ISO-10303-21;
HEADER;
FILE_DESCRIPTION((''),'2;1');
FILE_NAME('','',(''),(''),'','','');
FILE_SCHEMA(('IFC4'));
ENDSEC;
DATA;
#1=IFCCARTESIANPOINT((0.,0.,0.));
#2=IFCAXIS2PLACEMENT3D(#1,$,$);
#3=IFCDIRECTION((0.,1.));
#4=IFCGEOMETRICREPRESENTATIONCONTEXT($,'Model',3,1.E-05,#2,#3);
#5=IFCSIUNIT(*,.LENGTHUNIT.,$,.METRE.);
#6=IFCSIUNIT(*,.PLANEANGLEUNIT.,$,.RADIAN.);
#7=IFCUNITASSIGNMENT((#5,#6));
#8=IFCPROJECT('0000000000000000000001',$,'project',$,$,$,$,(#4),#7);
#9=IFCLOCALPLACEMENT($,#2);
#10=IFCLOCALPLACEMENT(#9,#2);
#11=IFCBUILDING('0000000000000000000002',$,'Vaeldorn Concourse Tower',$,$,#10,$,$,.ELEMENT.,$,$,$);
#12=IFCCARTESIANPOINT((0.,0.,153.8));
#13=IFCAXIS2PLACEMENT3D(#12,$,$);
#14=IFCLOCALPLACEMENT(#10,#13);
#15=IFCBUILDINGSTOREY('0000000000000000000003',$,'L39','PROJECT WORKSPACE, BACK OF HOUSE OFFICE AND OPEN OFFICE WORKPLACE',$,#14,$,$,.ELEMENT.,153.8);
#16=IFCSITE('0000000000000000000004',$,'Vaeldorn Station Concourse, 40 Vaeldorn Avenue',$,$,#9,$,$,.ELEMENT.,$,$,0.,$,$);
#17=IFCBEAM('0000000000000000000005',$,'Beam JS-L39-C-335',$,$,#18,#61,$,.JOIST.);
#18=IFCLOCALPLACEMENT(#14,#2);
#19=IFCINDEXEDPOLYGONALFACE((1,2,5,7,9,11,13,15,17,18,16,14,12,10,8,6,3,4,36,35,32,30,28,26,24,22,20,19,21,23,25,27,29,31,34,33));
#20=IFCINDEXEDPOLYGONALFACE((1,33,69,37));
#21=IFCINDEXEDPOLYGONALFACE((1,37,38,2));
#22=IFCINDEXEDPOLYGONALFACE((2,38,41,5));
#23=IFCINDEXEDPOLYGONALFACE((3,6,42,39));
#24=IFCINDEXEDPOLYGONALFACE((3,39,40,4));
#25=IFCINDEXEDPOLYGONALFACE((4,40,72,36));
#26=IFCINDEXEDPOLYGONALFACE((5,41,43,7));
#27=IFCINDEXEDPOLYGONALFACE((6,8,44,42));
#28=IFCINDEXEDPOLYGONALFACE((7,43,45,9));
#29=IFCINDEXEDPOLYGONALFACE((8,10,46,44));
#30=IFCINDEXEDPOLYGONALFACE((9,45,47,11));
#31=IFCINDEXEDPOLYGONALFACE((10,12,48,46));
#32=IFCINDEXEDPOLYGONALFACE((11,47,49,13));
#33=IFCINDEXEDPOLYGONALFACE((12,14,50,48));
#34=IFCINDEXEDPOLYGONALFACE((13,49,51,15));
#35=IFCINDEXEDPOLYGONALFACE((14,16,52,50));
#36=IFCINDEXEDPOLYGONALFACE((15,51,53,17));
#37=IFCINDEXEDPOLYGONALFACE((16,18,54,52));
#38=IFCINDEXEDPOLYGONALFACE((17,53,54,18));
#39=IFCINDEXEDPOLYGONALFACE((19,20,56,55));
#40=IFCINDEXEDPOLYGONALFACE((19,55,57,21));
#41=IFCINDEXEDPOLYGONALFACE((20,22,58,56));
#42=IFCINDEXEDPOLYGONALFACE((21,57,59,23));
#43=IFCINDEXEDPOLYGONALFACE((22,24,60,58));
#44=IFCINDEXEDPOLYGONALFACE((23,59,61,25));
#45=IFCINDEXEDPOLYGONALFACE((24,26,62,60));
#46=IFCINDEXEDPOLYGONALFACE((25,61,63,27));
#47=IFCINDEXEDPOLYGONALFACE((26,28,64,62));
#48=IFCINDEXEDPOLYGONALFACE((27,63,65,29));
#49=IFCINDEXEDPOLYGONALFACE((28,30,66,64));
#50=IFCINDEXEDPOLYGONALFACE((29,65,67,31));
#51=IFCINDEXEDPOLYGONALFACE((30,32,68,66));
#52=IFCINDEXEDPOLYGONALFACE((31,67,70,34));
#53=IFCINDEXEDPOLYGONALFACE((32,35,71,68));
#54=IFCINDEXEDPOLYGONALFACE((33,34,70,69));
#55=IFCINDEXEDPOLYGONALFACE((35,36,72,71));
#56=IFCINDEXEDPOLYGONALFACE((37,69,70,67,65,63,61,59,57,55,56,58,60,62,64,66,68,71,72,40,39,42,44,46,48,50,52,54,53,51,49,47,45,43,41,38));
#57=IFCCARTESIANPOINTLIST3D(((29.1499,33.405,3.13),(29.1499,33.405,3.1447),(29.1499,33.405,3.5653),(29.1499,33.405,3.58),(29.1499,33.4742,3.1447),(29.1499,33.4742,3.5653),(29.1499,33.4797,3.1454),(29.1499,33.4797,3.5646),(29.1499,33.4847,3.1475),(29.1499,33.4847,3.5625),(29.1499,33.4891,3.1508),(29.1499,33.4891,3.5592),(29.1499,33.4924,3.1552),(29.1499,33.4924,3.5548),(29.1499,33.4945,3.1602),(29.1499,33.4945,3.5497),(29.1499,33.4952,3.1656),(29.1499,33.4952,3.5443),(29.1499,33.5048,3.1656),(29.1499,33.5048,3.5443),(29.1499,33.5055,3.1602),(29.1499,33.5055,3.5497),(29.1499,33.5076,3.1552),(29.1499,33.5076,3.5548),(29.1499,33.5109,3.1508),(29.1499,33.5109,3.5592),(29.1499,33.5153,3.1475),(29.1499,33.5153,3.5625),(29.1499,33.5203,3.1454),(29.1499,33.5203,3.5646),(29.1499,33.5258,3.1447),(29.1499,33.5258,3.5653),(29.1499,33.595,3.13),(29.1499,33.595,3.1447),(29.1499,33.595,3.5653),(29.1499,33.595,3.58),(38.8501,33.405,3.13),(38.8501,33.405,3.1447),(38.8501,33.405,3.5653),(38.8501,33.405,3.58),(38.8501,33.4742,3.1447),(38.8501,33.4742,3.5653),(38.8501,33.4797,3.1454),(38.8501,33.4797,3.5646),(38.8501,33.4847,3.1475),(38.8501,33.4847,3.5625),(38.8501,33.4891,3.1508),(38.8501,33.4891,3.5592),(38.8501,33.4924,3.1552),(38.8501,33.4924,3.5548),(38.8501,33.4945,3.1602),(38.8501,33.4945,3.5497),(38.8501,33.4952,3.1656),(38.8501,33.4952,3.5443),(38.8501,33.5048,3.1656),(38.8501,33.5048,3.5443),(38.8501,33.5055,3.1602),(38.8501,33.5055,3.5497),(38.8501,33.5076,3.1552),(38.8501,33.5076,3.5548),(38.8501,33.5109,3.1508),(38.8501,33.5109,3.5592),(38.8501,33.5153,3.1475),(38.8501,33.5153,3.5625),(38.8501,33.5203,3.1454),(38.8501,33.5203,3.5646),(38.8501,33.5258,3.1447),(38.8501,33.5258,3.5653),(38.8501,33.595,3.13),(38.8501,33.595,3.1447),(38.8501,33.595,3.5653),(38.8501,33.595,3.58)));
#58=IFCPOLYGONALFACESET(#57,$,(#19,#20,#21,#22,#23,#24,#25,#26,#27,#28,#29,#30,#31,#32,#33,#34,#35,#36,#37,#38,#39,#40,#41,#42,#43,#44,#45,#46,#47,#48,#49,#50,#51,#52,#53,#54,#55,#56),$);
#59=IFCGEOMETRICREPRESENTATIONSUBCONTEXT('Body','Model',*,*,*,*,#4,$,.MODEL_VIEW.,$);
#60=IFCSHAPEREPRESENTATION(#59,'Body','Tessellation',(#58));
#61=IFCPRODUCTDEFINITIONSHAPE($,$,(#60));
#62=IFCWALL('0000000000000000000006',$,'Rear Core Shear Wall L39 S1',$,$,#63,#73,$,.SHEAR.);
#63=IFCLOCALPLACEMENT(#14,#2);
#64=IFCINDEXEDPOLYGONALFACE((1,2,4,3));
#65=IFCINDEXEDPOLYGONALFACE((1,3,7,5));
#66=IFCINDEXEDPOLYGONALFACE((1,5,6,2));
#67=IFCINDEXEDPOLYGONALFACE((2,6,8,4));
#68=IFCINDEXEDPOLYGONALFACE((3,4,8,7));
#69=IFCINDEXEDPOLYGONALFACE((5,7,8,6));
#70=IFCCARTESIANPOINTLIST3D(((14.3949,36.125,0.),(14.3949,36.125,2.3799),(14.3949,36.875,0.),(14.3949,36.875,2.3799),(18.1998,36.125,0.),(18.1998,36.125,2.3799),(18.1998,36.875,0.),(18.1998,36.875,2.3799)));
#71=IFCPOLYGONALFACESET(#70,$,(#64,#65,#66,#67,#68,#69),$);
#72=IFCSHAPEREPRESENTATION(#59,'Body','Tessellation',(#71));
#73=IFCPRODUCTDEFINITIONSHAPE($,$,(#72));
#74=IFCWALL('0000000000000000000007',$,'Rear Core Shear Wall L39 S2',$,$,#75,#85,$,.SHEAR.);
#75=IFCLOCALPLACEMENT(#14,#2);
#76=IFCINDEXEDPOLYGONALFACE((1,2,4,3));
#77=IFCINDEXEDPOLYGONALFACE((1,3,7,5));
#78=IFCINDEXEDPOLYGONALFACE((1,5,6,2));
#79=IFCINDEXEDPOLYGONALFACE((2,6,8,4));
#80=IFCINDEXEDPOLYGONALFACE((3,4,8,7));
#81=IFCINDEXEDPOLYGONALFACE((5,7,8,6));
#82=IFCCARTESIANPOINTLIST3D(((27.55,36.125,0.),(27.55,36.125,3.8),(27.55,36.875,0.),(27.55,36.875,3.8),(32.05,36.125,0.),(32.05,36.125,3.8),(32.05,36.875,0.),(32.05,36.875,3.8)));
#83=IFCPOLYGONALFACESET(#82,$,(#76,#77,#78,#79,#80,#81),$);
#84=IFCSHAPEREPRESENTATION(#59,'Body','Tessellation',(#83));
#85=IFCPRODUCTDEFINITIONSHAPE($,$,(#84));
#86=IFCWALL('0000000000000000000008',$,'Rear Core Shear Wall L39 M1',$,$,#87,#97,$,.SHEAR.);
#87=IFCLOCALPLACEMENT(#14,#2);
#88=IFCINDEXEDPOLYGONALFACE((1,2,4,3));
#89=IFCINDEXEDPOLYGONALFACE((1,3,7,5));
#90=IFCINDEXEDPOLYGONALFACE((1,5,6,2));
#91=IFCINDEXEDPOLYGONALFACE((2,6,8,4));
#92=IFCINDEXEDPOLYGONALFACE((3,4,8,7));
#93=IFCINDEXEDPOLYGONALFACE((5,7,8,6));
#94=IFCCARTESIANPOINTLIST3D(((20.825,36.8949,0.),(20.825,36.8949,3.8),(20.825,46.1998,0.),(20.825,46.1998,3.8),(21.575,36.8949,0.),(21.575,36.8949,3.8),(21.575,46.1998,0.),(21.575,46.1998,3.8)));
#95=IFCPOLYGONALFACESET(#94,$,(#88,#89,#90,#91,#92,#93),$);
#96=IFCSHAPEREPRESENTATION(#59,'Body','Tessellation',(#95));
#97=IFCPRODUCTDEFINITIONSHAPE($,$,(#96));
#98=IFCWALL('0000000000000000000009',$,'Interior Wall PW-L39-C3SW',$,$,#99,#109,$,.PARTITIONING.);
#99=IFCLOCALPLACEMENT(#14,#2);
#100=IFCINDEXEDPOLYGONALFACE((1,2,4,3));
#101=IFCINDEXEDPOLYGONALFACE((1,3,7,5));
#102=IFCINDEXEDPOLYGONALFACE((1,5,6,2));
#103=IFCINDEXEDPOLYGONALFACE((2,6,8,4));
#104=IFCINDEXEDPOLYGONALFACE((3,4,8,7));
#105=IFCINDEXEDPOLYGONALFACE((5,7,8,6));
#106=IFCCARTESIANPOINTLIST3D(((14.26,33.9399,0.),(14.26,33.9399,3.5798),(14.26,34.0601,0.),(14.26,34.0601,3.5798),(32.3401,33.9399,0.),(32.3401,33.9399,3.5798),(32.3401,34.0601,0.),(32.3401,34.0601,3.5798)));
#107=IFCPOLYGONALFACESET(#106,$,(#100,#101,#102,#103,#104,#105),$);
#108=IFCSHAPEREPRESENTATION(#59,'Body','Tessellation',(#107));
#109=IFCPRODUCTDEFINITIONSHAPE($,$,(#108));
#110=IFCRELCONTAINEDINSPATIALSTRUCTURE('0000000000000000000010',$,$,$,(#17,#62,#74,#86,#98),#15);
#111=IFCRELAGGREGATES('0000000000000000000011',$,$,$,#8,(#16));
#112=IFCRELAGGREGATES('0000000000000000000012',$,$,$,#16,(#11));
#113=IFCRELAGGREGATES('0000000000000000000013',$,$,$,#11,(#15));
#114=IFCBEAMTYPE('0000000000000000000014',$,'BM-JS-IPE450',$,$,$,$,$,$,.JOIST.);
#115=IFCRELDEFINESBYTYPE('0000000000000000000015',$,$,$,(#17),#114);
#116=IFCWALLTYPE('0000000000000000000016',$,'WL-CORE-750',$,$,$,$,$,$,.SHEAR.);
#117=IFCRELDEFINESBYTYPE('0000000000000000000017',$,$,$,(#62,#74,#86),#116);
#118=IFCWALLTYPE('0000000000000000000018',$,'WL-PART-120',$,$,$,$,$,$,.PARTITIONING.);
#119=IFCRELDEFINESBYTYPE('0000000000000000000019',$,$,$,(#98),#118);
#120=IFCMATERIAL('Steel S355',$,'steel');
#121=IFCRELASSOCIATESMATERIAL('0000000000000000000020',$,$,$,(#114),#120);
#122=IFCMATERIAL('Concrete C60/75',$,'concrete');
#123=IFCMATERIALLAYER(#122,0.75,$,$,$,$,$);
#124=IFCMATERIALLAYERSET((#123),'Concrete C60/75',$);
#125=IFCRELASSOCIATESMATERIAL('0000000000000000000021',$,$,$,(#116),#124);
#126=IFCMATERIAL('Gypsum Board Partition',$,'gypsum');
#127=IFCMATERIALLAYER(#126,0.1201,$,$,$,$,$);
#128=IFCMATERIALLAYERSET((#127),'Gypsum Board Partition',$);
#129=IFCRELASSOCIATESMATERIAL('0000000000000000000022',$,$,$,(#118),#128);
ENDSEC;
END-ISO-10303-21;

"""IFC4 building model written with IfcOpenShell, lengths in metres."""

from ifc_helpers import new_model, si_unit, direction, frame, frame_2d, origin, origin_2d, place, context, subcontext, project, spatial, rectangle, i_section, extrude, source, transform, mapped, material, layer, layer_set, material_profile, profile_set, type_object, element, save


model = new_model("IFC4")

# Units and contexts
model_context = context("Model", 3, precision=1e-05, world=origin(), true_north=direction((0.0, 1.0)))
body_context = subcontext(model_context, "Body", "Model", "MODEL_VIEW")
ifc_project = project(units=[si_unit("LENGTHUNIT", "METRE"), si_unit("PLANEANGLEUNIT", "RADIAN")], contexts=[model_context])

# Site, building, storey
site_placement = place(None, origin())
site = spatial("IfcSite", under=ifc_project, at=site_placement, Name="Vaeldorn Station Concourse, 40 Vaeldorn Avenue", CompositionType="ELEMENT", RefElevation=0.0)
building_placement = place(site_placement, origin())
building = spatial("IfcBuilding", under=site, at=building_placement, Name="Vaeldorn Concourse Tower", CompositionType="ELEMENT")
storey_placement = place(building_placement, frame((0.0, 0.0, 153.8)))
storey = spatial("IfcBuildingStorey", under=building, at=storey_placement, Name="L39", Description="PROJECT WORKSPACE, BACK OF HOUSE OFFICE AND OPEN OFFICE WORKPLACE", CompositionType="ELEMENT", Elevation=153.8)

# Beam
ifc_material_1 = material(Name="Steel S355", Category="steel")
ifc_material_profile_1 = material_profile(ifc_material_1, i_section(OverallWidth=0.1899, OverallDepth=0.45, WebThickness=0.0095, FlangeThickness=0.0146, FilletRadius=0.021, at=origin_2d()), Name="IPE 450")
ifc_profile_set_1 = profile_set([ifc_material_profile_1], Name="Steel S355")
beam_type_1 = type_object("IfcBeamType", Name="BM-JS-IPE450", PredefinedType="JOIST", material=ifc_profile_set_1)
shared_shape_1 = source(origin(), body_context, "Body", "SweptSolid", [
    extrude(i_section(OverallWidth=0.1899, OverallDepth=0.45, WebThickness=0.0095, FlangeThickness=0.0146, FilletRadius=0.021, at=origin_2d()), origin(), (0.0, 0.0, 1.0), 9.7002),
])
for number, where, z_axis, x_axis, name in (
    (1, (29.1499, 33.5, 3.355), (1.0, 0.0, 0.0), (0.0, 1.0, 0.0), "Beam JS-L39-C-335"),
):
    element("IfcBeam", number, at=place(storey_placement, frame(where, z_axis=z_axis, x_axis=x_axis)), inside=storey, type_object=beam_type_1, Name=name, PredefinedType="JOIST", context=body_context, shape_type="MappedRepresentation", body=[
        mapped(shared_shape_1, transform((0.0, 0.0, 0.0), scale=1.0)),
    ])

# Walls
ifc_material_2 = material(Name="Concrete C60/75", Category="concrete")
ifc_layer_1 = layer(ifc_material_2, 0.75)
ifc_layer_set_1 = layer_set([ifc_layer_1], Name="Concrete C60/75")
wall_type_1 = type_object("IfcWallType", Name="WL-CORE-750", PredefinedType="SHEAR", material=ifc_layer_set_1)
wall_1_placement = place(storey_placement, frame((14.395, 36.5, 0.0), z_axis=(0.0, 0.0, 1.0), x_axis=(1.0, 0.0, 0.0)))
element("IfcWall", 2, at=wall_1_placement, inside=storey, type_object=wall_type_1, Name="Rear Core Shear Wall L39 S1", PredefinedType="SHEAR", context=body_context, shape_type="SweptSolid", body=[
    extrude(rectangle(XDim=3.8049, YDim=0.75, at=frame_2d((1.9023, 0.0))), origin(), (0.0, 0.0, 1.0), 2.3799),
])
wall_2_placement = place(storey_placement, frame((27.55, 36.5, 0.0), z_axis=(0.0, 0.0, 1.0), x_axis=(1.0, 0.0, 0.0)))
element("IfcWall", 3, at=wall_2_placement, inside=storey, type_object=wall_type_1, Name="Rear Core Shear Wall L39 S2", PredefinedType="SHEAR", context=body_context, shape_type="SweptSolid", body=[
    extrude(rectangle(XDim=4.5, YDim=0.75, at=frame_2d((2.25, 0.0))), origin(), (0.0, 0.0, 1.0), 3.8),
])
wall_3_placement = place(storey_placement, frame((21.2, 36.895, 0.0), z_axis=(0.0, 0.0, 1.0), x_axis=(0.0, 1.0, 0.0)))
element("IfcWall", 4, at=wall_3_placement, inside=storey, type_object=wall_type_1, Name="Rear Core Shear Wall L39 M1", PredefinedType="SHEAR", context=body_context, shape_type="SweptSolid", body=[
    extrude(rectangle(XDim=9.3049, YDim=0.75, at=frame_2d((4.6523, 0.0))), origin(), (0.0, 0.0, 1.0), 3.8),
])
ifc_material_3 = material(Name="Gypsum Board Partition", Category="gypsum")
ifc_layer_2 = layer(ifc_material_3, 0.1201)
ifc_layer_set_2 = layer_set([ifc_layer_2], Name="Gypsum Board Partition")
wall_type_2 = type_object("IfcWallType", Name="WL-PART-120", PredefinedType="PARTITIONING", material=ifc_layer_set_2)
wall_4_placement = place(storey_placement, frame((14.26, 34.0, 0.0), z_axis=(0.0, 0.0, 1.0), x_axis=(1.0, 0.0, 0.0)))
element("IfcWall", 5, at=wall_4_placement, inside=storey, type_object=wall_type_2, Name="Interior Wall PW-L39-C3SW", PredefinedType="PARTITIONING", context=body_context, shape_type="SweptSolid", body=[
    extrude(rectangle(XDim=18.0801, YDim=0.1201, at=frame_2d((9.04, 0.0))), origin(), (0.0, 0.0, 1.0), 3.5798),
])

save(model, "model.ifc")
